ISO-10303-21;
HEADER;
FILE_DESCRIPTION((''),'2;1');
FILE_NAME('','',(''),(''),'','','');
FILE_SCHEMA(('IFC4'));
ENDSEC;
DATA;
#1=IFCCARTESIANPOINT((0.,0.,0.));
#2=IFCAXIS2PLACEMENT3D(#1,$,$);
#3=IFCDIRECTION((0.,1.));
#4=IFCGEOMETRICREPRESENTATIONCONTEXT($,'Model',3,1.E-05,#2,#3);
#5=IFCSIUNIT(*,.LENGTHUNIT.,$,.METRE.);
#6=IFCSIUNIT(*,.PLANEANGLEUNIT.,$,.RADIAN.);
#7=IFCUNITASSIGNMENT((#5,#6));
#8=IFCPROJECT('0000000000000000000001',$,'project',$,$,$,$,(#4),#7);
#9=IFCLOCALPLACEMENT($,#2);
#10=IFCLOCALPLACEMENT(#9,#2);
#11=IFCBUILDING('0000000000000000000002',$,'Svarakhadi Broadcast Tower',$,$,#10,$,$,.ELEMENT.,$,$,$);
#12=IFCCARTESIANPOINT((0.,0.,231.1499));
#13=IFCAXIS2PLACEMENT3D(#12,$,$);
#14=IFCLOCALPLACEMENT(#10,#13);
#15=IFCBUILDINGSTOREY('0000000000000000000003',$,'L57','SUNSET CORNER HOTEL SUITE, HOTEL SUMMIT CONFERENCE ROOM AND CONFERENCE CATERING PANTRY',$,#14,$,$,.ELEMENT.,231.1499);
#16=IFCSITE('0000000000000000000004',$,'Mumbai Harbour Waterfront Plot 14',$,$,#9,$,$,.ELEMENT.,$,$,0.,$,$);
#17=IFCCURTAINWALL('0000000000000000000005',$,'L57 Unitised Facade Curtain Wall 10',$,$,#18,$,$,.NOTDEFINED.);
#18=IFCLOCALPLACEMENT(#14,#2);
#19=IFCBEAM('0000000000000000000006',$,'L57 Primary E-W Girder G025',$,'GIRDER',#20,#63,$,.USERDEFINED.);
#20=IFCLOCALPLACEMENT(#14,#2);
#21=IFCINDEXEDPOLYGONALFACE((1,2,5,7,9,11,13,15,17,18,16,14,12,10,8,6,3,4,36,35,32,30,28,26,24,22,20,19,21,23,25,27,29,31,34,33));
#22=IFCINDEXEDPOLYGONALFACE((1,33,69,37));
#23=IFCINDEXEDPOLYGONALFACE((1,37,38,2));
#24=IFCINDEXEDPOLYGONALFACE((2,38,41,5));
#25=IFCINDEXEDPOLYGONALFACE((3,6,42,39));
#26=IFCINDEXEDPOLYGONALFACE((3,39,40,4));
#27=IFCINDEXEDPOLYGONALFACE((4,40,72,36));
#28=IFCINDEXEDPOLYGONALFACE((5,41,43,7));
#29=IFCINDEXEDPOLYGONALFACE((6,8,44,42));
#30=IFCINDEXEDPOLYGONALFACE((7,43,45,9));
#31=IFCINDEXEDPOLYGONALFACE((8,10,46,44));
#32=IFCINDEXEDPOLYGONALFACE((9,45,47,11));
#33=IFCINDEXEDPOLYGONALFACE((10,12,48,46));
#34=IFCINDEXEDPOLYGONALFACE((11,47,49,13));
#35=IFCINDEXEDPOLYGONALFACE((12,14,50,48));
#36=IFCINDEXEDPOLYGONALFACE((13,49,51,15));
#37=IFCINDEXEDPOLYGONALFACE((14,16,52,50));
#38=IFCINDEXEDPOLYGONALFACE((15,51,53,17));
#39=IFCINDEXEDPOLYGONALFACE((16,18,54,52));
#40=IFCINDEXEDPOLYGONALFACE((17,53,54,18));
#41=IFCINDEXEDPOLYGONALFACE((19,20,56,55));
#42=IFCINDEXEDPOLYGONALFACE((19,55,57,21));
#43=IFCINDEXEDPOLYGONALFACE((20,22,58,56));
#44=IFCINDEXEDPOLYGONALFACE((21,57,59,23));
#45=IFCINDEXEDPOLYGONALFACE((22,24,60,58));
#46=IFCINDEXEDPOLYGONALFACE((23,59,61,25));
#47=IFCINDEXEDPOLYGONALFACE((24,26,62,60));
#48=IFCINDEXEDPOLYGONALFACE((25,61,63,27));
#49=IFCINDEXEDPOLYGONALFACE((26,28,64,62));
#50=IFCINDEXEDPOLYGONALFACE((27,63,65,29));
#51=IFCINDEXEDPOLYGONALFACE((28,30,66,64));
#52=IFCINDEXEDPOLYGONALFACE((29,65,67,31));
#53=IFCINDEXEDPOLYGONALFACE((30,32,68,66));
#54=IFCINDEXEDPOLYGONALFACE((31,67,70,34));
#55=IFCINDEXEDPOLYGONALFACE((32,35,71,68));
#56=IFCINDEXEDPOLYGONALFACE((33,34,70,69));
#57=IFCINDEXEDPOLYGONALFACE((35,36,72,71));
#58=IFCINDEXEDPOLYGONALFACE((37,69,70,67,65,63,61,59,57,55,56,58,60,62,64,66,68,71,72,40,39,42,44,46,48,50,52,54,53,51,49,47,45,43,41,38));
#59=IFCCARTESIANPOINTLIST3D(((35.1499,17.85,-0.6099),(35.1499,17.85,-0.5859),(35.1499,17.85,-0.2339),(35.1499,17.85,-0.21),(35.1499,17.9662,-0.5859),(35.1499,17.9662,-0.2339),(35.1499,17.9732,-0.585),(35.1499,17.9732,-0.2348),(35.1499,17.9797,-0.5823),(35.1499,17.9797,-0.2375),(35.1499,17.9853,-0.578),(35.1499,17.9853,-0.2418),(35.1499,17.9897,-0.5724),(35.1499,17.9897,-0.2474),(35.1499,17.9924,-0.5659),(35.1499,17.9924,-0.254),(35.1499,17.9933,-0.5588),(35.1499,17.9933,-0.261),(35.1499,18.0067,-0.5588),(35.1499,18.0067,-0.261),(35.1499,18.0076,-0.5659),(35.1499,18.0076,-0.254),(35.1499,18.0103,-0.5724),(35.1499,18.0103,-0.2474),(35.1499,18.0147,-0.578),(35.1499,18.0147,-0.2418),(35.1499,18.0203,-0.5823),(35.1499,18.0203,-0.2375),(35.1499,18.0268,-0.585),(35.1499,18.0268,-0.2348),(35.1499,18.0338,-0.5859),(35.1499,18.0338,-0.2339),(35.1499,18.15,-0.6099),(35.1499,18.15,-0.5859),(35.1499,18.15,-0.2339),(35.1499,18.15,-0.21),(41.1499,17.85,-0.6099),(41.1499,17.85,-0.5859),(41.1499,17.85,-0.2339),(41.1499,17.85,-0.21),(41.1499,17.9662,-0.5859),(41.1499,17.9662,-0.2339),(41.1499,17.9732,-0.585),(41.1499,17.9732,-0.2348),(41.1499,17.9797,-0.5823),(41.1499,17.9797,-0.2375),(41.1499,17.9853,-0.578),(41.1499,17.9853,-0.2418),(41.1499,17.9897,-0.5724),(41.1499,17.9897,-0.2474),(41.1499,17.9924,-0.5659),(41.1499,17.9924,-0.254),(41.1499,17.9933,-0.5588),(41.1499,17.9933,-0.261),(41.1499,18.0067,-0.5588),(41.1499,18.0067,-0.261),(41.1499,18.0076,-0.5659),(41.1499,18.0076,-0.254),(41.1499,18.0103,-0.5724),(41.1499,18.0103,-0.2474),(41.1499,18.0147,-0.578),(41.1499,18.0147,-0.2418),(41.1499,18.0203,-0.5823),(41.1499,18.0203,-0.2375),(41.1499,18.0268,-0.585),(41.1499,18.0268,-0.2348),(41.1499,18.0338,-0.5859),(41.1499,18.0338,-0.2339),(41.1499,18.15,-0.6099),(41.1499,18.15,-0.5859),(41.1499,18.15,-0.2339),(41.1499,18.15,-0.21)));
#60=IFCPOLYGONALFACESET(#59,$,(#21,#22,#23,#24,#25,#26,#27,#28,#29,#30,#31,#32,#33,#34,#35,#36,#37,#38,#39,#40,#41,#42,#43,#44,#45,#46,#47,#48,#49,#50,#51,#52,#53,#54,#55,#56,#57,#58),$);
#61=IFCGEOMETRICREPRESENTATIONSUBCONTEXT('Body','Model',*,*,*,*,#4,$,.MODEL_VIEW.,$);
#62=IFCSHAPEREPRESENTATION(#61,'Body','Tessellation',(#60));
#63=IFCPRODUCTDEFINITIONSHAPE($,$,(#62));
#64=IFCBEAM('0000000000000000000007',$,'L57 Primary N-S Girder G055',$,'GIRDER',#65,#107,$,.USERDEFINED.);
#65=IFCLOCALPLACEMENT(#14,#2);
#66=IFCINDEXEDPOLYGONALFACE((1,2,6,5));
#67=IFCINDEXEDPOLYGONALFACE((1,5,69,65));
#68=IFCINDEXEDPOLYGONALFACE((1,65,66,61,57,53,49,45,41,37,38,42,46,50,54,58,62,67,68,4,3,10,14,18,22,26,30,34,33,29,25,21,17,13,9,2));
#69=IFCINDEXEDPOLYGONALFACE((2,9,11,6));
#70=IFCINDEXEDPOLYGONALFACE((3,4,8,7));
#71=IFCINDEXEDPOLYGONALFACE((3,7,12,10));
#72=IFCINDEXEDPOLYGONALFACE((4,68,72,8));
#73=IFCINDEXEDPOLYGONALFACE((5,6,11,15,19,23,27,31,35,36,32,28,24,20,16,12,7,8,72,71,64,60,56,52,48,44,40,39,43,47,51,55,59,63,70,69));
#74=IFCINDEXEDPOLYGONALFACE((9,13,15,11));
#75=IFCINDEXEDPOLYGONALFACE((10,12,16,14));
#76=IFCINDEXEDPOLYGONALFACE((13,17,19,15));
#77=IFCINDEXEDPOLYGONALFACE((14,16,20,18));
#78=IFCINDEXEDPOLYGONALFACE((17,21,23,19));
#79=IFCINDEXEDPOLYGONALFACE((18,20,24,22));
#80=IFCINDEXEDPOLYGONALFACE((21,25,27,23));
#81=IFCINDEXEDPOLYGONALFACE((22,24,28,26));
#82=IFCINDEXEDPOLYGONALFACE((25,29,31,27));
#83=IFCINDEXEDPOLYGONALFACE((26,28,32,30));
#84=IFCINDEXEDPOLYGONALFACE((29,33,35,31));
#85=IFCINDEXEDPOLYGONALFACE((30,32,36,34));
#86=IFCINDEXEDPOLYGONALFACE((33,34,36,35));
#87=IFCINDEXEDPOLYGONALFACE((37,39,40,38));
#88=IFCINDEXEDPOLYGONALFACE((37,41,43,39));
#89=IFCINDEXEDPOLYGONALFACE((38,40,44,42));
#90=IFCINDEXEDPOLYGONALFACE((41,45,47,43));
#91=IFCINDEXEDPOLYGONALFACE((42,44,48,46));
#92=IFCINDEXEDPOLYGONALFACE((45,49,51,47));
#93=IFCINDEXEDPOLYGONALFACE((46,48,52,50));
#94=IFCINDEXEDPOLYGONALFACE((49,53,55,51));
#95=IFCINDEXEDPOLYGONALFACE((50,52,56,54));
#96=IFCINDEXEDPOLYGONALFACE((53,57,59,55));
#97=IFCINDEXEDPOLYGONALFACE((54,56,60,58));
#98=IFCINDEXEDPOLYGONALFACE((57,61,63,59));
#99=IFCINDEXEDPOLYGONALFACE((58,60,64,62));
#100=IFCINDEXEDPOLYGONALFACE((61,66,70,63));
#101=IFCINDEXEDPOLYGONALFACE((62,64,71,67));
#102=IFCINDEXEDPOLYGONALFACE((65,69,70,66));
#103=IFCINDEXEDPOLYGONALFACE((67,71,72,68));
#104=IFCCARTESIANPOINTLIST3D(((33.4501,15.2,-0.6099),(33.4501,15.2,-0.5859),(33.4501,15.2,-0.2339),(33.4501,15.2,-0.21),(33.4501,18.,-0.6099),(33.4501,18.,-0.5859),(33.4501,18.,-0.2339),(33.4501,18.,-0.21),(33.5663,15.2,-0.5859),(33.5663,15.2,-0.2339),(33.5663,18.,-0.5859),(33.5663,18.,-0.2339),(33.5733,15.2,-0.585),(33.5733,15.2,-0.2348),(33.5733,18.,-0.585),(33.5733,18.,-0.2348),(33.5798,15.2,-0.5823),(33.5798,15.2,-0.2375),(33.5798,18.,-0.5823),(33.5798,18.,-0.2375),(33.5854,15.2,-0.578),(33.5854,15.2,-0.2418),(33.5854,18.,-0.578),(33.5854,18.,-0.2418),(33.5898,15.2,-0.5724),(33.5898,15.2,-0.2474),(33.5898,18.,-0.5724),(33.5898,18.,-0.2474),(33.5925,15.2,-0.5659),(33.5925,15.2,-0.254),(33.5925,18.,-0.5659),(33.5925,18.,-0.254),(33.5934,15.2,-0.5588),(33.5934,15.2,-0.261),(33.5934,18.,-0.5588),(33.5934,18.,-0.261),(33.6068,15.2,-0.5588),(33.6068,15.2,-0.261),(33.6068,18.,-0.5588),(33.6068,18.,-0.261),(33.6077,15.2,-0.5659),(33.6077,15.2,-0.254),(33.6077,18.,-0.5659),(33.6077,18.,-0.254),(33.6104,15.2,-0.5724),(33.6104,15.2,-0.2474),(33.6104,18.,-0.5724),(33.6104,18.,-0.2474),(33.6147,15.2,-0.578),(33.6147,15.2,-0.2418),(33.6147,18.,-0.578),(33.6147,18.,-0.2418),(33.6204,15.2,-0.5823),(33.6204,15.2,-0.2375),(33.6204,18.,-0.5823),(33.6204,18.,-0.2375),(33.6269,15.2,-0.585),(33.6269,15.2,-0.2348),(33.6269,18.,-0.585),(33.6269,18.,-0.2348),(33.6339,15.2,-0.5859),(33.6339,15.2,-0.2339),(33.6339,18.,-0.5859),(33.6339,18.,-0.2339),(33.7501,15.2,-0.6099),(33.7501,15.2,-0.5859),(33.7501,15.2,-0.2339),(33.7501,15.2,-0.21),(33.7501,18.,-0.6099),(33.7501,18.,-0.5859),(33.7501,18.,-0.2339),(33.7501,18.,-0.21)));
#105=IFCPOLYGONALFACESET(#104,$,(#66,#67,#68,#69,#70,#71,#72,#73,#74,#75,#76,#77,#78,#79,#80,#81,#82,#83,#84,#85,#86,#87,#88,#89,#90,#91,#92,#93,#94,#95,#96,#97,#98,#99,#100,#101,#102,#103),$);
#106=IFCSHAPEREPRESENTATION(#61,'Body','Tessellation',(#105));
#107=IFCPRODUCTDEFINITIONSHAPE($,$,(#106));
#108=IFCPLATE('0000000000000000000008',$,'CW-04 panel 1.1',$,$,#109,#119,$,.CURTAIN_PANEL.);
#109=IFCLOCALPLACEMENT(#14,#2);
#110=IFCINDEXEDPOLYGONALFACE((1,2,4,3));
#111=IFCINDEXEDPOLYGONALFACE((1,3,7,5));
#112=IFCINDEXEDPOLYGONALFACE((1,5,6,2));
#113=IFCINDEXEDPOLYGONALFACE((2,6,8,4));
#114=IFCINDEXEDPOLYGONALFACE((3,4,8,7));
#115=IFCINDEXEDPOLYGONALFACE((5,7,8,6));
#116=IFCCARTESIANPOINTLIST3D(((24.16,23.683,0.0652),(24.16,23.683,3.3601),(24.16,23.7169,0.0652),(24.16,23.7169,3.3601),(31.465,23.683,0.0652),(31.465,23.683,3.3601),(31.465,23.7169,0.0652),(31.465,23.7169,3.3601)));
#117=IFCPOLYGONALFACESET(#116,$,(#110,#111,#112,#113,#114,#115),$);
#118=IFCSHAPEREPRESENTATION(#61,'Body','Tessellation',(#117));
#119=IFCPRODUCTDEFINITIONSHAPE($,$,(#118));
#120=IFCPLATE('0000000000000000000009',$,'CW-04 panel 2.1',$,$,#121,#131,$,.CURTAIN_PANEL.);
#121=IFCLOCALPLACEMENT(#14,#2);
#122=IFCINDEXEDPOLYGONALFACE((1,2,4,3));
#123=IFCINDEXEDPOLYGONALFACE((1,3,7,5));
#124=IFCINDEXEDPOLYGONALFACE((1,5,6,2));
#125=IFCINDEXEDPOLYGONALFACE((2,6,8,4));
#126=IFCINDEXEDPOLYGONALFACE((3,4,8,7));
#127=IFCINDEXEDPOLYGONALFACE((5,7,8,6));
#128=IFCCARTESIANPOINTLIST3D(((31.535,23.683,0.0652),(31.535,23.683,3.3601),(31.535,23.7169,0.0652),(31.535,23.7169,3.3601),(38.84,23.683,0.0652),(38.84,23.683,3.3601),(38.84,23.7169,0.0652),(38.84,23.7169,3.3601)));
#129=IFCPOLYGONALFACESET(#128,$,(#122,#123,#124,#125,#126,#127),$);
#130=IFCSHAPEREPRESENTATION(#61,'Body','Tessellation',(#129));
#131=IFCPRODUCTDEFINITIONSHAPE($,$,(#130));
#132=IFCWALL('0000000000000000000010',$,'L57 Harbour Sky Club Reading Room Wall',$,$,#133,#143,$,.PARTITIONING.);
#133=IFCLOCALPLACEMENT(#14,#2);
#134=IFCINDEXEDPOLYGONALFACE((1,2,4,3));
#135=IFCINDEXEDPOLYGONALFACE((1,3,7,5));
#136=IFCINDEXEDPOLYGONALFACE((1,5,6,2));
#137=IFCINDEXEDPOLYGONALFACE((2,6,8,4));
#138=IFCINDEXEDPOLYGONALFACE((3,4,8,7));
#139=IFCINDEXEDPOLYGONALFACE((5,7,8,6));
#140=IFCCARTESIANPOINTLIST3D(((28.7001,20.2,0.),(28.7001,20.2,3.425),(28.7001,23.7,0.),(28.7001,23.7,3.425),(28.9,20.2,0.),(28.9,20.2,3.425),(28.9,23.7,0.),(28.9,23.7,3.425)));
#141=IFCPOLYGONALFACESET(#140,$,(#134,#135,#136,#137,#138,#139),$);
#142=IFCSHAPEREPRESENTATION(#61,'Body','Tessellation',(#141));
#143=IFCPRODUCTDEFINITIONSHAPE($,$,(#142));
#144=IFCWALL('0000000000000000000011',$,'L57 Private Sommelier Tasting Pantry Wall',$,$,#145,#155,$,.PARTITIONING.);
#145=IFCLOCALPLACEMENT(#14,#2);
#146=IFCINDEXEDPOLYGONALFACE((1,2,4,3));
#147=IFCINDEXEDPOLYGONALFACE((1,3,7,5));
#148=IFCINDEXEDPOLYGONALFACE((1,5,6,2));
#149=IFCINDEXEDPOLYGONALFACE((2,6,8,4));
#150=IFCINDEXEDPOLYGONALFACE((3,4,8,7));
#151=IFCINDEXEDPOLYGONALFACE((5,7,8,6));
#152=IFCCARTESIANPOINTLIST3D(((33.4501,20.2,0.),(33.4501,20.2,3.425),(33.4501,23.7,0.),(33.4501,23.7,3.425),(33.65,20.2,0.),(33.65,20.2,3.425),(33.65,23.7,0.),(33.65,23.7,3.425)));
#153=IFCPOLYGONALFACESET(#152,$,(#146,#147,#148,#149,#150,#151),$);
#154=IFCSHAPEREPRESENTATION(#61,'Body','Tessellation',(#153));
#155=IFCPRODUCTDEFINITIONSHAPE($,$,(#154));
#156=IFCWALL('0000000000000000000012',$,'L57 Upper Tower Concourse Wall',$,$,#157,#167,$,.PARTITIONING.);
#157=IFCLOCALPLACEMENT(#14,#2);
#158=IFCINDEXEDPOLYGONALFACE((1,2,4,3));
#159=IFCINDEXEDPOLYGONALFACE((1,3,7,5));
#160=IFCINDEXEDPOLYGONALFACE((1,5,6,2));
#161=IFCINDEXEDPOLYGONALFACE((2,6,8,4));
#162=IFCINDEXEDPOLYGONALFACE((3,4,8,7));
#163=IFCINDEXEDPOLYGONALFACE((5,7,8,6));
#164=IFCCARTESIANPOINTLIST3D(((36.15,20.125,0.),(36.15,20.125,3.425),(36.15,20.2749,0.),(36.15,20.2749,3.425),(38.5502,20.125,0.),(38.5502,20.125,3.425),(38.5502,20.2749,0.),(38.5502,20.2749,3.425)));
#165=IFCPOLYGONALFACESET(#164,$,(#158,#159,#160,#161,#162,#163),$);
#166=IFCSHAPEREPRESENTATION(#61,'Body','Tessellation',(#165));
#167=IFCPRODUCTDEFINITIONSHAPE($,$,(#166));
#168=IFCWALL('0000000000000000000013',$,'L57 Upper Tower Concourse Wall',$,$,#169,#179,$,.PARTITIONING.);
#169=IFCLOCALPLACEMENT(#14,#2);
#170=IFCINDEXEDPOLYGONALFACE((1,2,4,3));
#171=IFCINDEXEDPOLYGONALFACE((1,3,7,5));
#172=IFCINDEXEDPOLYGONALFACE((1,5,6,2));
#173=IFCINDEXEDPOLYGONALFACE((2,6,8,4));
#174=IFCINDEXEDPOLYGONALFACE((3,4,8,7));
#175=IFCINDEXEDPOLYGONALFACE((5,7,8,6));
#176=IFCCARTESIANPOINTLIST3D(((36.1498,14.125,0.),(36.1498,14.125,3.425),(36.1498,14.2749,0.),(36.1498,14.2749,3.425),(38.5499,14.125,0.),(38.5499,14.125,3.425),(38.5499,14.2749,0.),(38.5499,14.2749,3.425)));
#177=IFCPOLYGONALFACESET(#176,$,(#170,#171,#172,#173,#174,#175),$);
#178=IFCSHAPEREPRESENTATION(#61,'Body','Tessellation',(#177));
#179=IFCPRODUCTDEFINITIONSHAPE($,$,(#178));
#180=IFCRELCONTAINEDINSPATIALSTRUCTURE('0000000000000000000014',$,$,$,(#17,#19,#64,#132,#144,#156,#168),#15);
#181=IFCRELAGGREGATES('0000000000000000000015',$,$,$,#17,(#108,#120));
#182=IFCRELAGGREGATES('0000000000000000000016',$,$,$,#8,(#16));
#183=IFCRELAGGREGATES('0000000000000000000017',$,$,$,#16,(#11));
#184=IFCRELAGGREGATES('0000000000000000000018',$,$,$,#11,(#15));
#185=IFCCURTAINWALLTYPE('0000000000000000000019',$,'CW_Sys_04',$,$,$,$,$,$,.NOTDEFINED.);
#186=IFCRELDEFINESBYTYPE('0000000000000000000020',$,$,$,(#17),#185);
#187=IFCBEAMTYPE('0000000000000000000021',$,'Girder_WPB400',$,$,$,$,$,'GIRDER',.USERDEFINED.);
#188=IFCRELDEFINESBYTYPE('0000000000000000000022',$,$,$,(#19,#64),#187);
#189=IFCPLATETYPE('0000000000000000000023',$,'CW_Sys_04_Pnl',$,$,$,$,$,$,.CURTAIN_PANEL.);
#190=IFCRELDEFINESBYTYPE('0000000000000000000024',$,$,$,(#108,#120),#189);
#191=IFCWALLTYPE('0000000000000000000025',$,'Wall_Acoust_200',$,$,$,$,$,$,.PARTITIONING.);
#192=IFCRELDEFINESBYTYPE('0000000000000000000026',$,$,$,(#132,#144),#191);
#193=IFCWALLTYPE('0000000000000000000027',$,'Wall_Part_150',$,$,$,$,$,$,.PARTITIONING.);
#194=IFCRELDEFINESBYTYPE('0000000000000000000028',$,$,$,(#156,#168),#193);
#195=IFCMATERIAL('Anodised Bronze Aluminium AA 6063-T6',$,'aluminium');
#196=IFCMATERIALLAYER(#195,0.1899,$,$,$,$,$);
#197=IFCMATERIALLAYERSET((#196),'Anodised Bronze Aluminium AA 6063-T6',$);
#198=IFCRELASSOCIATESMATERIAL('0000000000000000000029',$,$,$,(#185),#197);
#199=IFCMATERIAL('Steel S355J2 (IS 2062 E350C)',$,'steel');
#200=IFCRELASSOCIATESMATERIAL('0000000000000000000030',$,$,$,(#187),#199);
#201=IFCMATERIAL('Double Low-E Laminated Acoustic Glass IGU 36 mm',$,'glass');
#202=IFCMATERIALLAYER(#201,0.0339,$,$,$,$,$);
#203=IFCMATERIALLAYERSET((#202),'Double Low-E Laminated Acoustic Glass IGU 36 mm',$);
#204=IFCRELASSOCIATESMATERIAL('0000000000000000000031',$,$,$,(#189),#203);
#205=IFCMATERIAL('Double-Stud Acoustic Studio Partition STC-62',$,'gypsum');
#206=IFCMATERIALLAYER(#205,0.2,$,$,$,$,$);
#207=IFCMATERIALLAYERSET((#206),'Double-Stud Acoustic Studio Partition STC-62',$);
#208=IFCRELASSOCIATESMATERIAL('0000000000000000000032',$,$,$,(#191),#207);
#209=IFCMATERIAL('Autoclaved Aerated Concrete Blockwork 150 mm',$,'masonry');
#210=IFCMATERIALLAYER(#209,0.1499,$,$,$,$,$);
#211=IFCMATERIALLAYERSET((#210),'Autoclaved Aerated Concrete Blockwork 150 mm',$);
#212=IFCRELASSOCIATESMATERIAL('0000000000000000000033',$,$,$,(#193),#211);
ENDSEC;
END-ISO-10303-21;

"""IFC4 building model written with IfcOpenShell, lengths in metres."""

from ifc_helpers import new_model, si_unit, direction, frame, frame_2d, origin, origin_2d, place, context, subcontext, project, spatial, rectangle, i_section, extrude, material, layer, layer_set, material_profile, profile_set, type_object, element, aggregate, save


model = new_model("IFC4")

# Units and contexts
model_context = context("Model", 3, precision=1e-05, world=origin(), true_north=direction((0.0, 1.0)))
body_context = subcontext(model_context, "Body", "Model", "MODEL_VIEW")
ifc_project = project(units=[si_unit("LENGTHUNIT", "METRE"), si_unit("PLANEANGLEUNIT", "RADIAN")], contexts=[model_context])

# Site, building, storey
site_placement = place(None, origin())
site = spatial("IfcSite", under=ifc_project, at=site_placement, Name="Mumbai Harbour Waterfront Plot 14", CompositionType="ELEMENT", RefElevation=0.0)
building_placement = place(site_placement, origin())
building = spatial("IfcBuilding", under=site, at=building_placement, Name="Svarakhadi Broadcast Tower", CompositionType="ELEMENT")
storey_placement = place(building_placement, frame((0.0, 0.0, 231.1499)))
storey = spatial("IfcBuildingStorey", under=building, at=storey_placement, Name="L57", Description="SUNSET CORNER HOTEL SUITE, HOTEL SUMMIT CONFERENCE ROOM AND CONFERENCE CATERING PANTRY", CompositionType="ELEMENT", Elevation=231.1499)

# Shared definitions
ifc_material_1 = material(Name="Steel S355J2 (IS 2062 E350C)", Category="steel")

# Curtain wall
ifc_material_2 = material(Name="Anodised Bronze Aluminium AA 6063-T6", Category="aluminium")
ifc_layer_1 = layer(ifc_material_2, 0.1899)
ifc_layer_set_1 = layer_set([ifc_layer_1], Name="Anodised Bronze Aluminium AA 6063-T6")
curtain_wall_type = type_object("IfcCurtainWallType", Name="CW_Sys_04", PredefinedType="NOTDEFINED", material=ifc_layer_set_1)
curtain_wall_placement = place(storey_placement, origin())
curtain_wall = element("IfcCurtainWall", 1, at=curtain_wall_placement, inside=storey, type_object=curtain_wall_type, Name="L57 Unitised Facade Curtain Wall 10", PredefinedType="NOTDEFINED")

# Beams
ifc_material_profile_1 = material_profile(ifc_material_1, i_section(OverallWidth=0.3, OverallDepth=0.3999, WebThickness=0.0134, FlangeThickness=0.0239, FilletRadius=0.0271, at=origin_2d()), Name="WPB 400x300x155")
ifc_profile_set_1 = profile_set([ifc_material_profile_1], Name="Steel S355J2 (IS 2062 E350C)")
beam_type_1 = type_object("IfcBeamType", Name="Girder_WPB400", ElementType="GIRDER", PredefinedType="USERDEFINED", material=ifc_profile_set_1)
beam_1_placement = place(storey_placement, frame((35.1499, 18.0, -0.4099), z_axis=(1.0, 0.0, 0.0), x_axis=(0.0, 1.0, 0.0)))
element("IfcBeam", 2, at=beam_1_placement, inside=storey, type_object=beam_type_1, Name="L57 Primary E-W Girder G025", ObjectType="GIRDER", PredefinedType="USERDEFINED", context=body_context, shape_type="SweptSolid", body=[
    extrude(i_section(OverallWidth=0.3, OverallDepth=0.3999, WebThickness=0.0134, FlangeThickness=0.0239, FilletRadius=0.0271, at=origin_2d()), origin(), (0.0, 0.0, 1.0), 6.0),
])
beam_2_placement = place(storey_placement, frame((33.6001, 15.2, -0.4099), z_axis=(0.0, 1.0, 0.0), x_axis=(-1.0, 0.0, 0.0)))
element("IfcBeam", 3, at=beam_2_placement, inside=storey, type_object=beam_type_1, Name="L57 Primary N-S Girder G055", ObjectType="GIRDER", PredefinedType="USERDEFINED", context=body_context, shape_type="SweptSolid", body=[
    extrude(i_section(OverallWidth=0.3, OverallDepth=0.3999, WebThickness=0.0134, FlangeThickness=0.0239, FilletRadius=0.0271, at=origin_2d()), origin(), (0.0, 0.0, 1.0), 2.8),
])

# Plates
ifc_material_3 = material(Name="Double Low-E Laminated Acoustic Glass IGU 36 mm", Category="glass")
ifc_layer_2 = layer(ifc_material_3, 0.0339)
ifc_layer_set_2 = layer_set([ifc_layer_2], Name="Double Low-E Laminated Acoustic Glass IGU 36 mm")
plate_type = type_object("IfcPlateType", Name="CW_Sys_04_Pnl", PredefinedType="CURTAIN_PANEL", material=ifc_layer_set_2)
plate_1_placement = place(storey_placement, frame((27.8125, 23.7, 0.0652), z_axis=(0.0, 0.0, 1.0), x_axis=(1.0, 0.0, 0.0)))
plate_1 = element("IfcPlate", 4, at=plate_1_placement, type_object=plate_type, Name="CW-04 panel 1.1", PredefinedType="CURTAIN_PANEL", context=body_context, shape_type="SweptSolid", body=[
    extrude(rectangle(XDim=7.3049, YDim=0.0339, at=origin_2d()), origin(), (0.0, 0.0, 1.0), 3.2949),
])
plate_2_placement = place(storey_placement, frame((35.1875, 23.7, 0.0652), z_axis=(0.0, 0.0, 1.0), x_axis=(1.0, 0.0, 0.0)))
plate_2 = element("IfcPlate", 5, at=plate_2_placement, type_object=plate_type, Name="CW-04 panel 2.1", PredefinedType="CURTAIN_PANEL", context=body_context, shape_type="SweptSolid", body=[
    extrude(rectangle(XDim=7.3049, YDim=0.0339, at=origin_2d()), origin(), (0.0, 0.0, 1.0), 3.2949),
])
aggregate(curtain_wall, [plate_1, plate_2])

# Walls
ifc_material_4 = material(Name="Double-Stud Acoustic Studio Partition STC-62", Category="gypsum")
ifc_layer_3 = layer(ifc_material_4, 0.2)
ifc_layer_set_3 = layer_set([ifc_layer_3], Name="Double-Stud Acoustic Studio Partition STC-62")
wall_type_1 = type_object("IfcWallType", Name="Wall_Acoust_200", PredefinedType="PARTITIONING", material=ifc_layer_set_3)
for number, where, z_axis, x_axis, name in (
    (6, (28.8, 20.2, 0.0), (0.0, 0.0, 1.0), (0.0, 1.0, 0.0), "L57 Harbour Sky Club Reading Room Wall"),
    (7, (33.55, 20.2, 0.0), (0.0, 0.0, 1.0), (0.0, 1.0, 0.0), "L57 Private Sommelier Tasting Pantry Wall"),
):
    element("IfcWall", number, at=place(storey_placement, frame(where, z_axis=z_axis, x_axis=x_axis)), inside=storey, type_object=wall_type_1, Name=name, PredefinedType="PARTITIONING", context=body_context, shape_type="SweptSolid", body=[
        extrude(rectangle(XDim=3.5, YDim=0.2, at=frame_2d((1.75, 0.0))), origin(), (0.0, 0.0, 1.0), 3.425),
    ])

# Shared definitions
ifc_material_5 = material(Name="Autoclaved Aerated Concrete Blockwork 150 mm", Category="masonry")
ifc_layer_4 = layer(ifc_material_5, 0.1499)
ifc_layer_set_4 = layer_set([ifc_layer_4], Name="Autoclaved Aerated Concrete Blockwork 150 mm")
wall_type_2 = type_object("IfcWallType", Name="Wall_Part_150", PredefinedType="PARTITIONING", material=ifc_layer_set_4)

# Walls
for number, where, z_axis, x_axis, name in (
    (8, (36.1499, 20.2, 0.0), (0.0, 0.0, 1.0), (1.0, 0.0, 0.0), "L57 Upper Tower Concourse Wall"),
    (9, (38.55, 14.2, 0.0), (0.0, 0.0, 1.0), (-1.0, 0.0, 0.0), "L57 Upper Tower Concourse Wall"),
):
    element("IfcWall", number, at=place(storey_placement, frame(where, z_axis=z_axis, x_axis=x_axis)), inside=storey, type_object=wall_type_2, Name=name, PredefinedType="PARTITIONING", context=body_context, shape_type="SweptSolid", body=[
        extrude(rectangle(XDim=2.4001, YDim=0.1499, at=frame_2d((1.2002, 0.0))), origin(), (0.0, 0.0, 1.0), 3.425),
    ])

save(model, "model.ifc")
